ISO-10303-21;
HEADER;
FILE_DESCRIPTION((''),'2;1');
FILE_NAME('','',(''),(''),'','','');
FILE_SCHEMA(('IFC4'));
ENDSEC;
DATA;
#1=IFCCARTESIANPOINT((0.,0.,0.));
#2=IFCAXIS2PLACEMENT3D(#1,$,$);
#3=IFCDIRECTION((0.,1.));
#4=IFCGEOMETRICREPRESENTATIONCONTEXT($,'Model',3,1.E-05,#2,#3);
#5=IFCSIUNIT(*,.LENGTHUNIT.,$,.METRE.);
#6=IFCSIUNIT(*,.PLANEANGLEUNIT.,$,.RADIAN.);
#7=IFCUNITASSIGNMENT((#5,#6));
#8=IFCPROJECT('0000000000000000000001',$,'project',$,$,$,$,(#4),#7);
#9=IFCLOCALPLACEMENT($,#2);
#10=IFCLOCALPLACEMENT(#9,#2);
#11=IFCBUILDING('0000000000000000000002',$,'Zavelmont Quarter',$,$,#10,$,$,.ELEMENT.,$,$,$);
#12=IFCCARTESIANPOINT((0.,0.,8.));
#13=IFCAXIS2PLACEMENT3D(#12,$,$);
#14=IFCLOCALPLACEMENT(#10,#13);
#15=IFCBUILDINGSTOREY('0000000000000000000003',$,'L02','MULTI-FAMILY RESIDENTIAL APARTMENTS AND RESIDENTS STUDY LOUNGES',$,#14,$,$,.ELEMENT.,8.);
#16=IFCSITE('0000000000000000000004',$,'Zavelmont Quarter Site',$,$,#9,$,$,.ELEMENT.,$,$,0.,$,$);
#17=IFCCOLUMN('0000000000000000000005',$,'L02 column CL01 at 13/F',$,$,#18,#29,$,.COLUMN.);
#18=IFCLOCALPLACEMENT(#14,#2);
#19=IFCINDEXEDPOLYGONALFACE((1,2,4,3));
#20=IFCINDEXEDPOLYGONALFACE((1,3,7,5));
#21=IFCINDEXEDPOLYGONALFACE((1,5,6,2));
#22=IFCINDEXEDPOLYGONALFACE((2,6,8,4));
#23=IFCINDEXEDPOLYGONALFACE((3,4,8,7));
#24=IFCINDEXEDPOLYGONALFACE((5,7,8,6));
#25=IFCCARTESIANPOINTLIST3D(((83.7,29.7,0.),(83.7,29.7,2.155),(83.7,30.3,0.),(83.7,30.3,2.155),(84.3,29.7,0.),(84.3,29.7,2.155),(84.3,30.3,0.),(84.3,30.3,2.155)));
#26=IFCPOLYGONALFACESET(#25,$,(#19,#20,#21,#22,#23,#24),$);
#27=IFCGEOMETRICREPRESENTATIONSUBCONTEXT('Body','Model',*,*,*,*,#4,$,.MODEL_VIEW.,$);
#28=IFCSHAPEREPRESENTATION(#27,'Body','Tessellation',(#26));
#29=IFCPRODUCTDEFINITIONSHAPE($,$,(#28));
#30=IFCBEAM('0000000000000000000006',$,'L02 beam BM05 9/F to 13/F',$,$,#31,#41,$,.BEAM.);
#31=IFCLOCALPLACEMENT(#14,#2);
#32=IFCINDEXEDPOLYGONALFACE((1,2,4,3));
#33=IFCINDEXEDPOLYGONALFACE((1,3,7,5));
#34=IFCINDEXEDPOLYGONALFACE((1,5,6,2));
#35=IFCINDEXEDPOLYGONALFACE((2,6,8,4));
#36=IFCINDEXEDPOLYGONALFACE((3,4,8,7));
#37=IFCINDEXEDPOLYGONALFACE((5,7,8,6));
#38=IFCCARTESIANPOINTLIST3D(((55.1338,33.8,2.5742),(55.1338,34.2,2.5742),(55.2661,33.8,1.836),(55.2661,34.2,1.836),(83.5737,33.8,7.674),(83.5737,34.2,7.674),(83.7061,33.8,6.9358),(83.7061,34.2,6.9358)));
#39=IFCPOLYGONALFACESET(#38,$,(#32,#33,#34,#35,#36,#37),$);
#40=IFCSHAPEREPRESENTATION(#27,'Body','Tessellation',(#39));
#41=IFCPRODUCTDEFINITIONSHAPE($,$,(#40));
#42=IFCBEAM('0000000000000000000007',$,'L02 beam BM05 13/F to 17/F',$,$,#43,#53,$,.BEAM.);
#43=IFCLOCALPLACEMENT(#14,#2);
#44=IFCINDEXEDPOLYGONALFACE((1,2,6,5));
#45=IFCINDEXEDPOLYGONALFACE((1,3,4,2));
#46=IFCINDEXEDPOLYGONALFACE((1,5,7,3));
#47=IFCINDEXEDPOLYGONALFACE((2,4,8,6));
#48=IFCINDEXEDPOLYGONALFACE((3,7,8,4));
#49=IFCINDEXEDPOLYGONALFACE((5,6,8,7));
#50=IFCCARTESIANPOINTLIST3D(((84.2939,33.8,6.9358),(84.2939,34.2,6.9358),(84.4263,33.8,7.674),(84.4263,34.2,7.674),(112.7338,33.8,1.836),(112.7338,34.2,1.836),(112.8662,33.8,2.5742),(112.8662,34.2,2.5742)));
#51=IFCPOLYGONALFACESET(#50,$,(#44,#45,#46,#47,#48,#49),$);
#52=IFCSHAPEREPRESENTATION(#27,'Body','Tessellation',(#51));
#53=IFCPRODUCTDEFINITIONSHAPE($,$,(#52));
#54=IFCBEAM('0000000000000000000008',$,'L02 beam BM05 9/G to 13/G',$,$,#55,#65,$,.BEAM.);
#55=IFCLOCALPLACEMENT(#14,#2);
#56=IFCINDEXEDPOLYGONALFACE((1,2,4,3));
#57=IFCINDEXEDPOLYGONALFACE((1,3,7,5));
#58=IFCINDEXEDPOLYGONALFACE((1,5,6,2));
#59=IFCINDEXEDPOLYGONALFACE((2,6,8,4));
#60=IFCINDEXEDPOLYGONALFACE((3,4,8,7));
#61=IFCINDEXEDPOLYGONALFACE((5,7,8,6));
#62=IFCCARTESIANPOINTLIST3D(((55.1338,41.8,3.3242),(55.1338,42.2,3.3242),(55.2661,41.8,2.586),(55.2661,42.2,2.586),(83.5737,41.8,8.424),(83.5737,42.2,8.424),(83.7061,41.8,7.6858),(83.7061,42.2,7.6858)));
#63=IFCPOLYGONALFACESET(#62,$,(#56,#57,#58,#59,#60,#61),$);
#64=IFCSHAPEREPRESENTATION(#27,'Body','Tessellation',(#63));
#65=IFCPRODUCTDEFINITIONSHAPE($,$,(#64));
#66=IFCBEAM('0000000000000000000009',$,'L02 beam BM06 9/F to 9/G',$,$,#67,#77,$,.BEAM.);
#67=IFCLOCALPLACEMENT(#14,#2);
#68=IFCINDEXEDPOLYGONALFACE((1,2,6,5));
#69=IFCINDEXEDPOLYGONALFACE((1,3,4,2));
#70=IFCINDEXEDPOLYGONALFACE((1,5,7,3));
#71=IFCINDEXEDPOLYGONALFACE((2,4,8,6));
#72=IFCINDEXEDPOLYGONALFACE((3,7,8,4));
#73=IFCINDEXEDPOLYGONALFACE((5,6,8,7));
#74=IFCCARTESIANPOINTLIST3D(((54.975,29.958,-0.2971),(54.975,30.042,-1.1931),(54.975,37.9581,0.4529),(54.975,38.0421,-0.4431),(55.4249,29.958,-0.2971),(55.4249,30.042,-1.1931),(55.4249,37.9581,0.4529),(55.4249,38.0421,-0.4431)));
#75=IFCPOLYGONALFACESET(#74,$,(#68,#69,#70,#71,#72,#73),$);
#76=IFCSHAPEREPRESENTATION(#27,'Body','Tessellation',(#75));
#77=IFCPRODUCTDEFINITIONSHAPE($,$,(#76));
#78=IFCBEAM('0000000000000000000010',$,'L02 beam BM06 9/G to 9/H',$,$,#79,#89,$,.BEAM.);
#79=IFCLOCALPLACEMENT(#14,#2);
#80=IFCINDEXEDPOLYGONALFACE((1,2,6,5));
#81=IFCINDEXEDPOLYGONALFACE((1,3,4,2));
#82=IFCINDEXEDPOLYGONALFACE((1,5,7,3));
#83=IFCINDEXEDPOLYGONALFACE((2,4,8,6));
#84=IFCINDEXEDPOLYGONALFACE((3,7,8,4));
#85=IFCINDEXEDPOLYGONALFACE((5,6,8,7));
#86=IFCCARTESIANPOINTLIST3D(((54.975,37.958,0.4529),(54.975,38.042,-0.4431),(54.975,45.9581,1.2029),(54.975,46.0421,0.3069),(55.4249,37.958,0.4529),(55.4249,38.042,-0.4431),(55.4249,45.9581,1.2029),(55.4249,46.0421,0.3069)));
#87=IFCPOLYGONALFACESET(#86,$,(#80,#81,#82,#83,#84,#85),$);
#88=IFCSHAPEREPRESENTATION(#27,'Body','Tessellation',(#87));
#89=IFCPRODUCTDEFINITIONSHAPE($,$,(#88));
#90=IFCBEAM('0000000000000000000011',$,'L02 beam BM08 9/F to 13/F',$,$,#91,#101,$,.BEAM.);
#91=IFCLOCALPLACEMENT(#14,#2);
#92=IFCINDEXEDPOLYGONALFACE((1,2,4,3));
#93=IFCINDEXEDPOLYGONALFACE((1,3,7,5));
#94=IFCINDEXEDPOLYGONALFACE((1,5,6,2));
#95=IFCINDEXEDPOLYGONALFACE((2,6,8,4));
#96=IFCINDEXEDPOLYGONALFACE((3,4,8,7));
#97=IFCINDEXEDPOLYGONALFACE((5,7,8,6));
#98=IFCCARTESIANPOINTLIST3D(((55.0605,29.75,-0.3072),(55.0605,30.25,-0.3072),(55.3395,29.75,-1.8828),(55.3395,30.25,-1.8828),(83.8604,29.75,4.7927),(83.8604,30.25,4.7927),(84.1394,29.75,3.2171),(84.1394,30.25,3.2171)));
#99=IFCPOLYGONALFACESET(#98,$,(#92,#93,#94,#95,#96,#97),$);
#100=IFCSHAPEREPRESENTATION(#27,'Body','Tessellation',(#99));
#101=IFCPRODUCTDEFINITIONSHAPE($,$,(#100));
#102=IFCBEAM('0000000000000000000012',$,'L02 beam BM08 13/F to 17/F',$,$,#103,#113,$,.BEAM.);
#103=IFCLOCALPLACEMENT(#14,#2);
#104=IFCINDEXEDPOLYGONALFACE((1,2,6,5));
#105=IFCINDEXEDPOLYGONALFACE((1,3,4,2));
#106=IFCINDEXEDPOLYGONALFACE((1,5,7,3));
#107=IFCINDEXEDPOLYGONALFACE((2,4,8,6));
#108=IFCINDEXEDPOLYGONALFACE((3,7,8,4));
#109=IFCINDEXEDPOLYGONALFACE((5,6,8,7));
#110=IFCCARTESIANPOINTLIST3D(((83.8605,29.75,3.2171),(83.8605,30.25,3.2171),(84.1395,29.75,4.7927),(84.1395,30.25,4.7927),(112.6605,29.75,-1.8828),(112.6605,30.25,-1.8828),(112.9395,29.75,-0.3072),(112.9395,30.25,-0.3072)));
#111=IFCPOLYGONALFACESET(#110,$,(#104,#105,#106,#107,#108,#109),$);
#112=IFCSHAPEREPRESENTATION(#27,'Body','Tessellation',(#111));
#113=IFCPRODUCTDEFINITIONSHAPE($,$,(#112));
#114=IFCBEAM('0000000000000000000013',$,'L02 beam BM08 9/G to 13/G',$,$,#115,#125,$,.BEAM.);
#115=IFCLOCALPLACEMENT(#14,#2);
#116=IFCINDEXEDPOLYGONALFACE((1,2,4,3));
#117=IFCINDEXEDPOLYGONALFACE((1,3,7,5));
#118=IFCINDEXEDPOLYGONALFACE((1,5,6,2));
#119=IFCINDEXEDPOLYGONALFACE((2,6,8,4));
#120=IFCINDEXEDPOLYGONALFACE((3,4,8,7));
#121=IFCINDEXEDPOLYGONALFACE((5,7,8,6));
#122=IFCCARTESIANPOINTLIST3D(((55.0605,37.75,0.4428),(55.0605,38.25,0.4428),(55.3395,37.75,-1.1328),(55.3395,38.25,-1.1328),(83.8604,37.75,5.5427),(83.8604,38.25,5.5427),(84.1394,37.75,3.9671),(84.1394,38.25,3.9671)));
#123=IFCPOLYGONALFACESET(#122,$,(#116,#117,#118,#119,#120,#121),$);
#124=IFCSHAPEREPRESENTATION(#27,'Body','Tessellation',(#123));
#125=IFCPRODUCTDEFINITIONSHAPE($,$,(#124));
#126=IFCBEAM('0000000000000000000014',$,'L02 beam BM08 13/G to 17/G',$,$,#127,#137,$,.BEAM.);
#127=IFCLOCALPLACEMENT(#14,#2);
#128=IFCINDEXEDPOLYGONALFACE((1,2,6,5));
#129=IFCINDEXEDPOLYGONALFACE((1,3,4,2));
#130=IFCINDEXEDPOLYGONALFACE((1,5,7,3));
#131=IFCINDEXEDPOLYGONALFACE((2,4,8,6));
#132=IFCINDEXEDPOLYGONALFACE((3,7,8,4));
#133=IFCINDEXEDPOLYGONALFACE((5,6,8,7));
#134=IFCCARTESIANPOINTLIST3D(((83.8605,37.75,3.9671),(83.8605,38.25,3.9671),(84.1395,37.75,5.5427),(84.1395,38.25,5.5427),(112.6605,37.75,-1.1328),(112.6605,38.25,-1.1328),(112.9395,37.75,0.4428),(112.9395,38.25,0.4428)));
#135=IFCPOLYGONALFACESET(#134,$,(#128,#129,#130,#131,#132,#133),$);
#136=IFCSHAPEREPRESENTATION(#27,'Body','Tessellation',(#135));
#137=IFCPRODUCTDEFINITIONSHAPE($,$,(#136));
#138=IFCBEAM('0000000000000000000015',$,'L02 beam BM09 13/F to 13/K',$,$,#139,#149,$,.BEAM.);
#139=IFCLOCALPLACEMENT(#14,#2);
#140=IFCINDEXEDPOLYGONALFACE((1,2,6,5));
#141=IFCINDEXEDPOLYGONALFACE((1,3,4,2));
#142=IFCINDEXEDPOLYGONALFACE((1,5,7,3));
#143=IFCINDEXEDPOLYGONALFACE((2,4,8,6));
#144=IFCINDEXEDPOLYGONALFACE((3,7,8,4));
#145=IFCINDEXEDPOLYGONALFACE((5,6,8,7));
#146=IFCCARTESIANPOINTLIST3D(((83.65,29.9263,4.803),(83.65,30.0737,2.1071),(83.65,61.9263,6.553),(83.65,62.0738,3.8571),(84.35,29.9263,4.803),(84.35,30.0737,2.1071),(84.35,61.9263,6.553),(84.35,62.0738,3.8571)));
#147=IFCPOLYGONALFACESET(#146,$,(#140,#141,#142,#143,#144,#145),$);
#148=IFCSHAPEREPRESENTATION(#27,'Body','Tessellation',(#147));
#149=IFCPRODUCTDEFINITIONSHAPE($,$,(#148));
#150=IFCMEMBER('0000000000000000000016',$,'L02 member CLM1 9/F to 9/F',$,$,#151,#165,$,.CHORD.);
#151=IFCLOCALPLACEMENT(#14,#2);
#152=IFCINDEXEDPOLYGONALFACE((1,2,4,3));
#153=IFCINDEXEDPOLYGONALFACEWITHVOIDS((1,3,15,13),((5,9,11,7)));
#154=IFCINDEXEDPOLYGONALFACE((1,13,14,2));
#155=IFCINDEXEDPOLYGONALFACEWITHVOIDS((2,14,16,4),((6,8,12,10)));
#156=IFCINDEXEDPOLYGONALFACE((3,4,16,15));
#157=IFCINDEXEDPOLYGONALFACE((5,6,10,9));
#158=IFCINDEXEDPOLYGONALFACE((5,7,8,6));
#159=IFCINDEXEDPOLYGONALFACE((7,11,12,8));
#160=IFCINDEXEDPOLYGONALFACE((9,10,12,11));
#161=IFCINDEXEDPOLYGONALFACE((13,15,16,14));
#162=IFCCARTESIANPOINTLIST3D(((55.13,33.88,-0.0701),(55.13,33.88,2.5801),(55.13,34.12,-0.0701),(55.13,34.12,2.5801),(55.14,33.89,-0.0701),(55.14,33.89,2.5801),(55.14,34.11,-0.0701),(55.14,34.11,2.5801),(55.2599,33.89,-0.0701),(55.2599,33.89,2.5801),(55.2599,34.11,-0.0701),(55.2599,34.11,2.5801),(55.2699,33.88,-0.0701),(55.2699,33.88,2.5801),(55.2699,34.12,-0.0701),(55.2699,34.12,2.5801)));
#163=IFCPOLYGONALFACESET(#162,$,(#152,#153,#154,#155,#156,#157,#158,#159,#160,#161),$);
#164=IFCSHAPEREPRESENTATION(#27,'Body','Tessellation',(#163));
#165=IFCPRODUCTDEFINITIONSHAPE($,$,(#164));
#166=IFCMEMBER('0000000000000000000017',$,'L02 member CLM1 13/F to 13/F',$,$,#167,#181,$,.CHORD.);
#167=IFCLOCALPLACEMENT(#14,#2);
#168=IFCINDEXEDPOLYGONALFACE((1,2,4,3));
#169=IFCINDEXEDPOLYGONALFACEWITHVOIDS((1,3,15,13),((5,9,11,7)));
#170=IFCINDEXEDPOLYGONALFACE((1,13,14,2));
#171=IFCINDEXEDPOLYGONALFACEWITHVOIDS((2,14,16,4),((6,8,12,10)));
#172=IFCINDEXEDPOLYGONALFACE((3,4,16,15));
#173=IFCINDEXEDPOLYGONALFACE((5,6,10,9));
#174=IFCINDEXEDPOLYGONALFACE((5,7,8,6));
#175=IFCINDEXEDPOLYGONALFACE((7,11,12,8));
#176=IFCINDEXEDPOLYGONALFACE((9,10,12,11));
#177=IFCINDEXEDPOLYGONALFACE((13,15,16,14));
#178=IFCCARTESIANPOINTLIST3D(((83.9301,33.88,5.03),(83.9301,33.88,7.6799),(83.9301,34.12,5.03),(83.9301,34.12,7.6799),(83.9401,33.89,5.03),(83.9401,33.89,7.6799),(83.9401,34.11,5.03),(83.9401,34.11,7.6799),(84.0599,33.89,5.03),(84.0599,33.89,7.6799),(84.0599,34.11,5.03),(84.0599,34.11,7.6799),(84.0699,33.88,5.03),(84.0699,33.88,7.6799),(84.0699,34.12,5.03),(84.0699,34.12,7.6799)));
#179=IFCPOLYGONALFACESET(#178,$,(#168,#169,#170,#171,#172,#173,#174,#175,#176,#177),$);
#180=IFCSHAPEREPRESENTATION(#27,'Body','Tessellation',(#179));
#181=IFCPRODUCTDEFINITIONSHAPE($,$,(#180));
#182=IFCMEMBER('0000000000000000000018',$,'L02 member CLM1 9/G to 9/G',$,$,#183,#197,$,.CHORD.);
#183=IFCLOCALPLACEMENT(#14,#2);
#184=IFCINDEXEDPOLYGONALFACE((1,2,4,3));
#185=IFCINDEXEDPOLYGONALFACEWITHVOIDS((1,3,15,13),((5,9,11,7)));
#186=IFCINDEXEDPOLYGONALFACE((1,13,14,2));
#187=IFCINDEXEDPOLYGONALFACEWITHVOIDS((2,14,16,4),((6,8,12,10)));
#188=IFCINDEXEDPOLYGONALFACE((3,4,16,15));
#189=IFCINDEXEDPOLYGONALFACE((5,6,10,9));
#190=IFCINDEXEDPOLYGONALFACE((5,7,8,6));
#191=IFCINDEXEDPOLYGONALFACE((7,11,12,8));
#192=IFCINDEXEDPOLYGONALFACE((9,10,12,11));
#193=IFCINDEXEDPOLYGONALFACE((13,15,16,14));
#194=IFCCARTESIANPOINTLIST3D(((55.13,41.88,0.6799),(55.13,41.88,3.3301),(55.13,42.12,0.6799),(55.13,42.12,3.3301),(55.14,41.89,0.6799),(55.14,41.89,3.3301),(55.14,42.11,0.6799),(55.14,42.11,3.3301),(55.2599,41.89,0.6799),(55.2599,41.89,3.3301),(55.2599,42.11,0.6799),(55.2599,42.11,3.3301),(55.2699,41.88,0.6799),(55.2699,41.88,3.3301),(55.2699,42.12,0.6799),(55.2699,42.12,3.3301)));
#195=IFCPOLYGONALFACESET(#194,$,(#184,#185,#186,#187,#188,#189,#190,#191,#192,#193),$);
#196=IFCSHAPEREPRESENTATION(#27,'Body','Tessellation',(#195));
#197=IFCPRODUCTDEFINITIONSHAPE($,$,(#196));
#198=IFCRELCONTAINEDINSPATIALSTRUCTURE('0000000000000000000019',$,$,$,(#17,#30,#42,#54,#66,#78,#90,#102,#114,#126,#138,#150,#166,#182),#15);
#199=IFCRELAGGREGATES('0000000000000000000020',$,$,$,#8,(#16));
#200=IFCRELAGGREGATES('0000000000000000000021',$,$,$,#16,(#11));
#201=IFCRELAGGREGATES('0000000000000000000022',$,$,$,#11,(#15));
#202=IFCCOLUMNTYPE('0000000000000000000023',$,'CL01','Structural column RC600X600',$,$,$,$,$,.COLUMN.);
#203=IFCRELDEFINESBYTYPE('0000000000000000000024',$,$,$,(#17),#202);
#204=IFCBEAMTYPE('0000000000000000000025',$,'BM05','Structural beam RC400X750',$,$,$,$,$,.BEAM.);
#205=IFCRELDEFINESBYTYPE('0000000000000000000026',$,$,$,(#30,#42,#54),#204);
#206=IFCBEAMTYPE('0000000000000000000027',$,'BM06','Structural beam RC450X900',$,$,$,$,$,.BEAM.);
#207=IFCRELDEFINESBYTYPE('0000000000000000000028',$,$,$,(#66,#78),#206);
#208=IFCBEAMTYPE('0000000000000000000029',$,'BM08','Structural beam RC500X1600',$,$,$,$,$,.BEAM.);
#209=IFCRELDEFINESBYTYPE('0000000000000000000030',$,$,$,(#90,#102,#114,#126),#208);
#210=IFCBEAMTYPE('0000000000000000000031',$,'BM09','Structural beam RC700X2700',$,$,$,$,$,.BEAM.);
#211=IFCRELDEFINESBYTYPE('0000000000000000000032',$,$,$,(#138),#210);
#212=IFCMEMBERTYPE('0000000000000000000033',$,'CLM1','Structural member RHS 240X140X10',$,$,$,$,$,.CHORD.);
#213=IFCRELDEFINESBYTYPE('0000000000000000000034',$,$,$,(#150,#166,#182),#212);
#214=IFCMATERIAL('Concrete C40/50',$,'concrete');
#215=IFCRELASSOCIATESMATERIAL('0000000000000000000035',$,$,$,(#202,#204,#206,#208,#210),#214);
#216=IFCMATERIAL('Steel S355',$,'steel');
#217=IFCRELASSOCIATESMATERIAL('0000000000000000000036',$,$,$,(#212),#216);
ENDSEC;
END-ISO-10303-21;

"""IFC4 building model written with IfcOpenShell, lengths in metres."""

from ifc_helpers import new_model, si_unit, direction, frame, origin, origin_2d, place, context, subcontext, project, spatial, rectangle, hollow_rectangle, extrude, material, material_profile, profile_set, type_object, element, save


model = new_model("IFC4")

# Units and contexts
model_context = context("Model", 3, precision=1e-05, world=origin(), true_north=direction((0.0, 1.0)))
body_context = subcontext(model_context, "Body", "Model", "MODEL_VIEW")
ifc_project = project(units=[si_unit("LENGTHUNIT", "METRE"), si_unit("PLANEANGLEUNIT", "RADIAN")], contexts=[model_context])

# Site, building, storey
site_placement = place(None, origin())
site = spatial("IfcSite", under=ifc_project, at=site_placement, Name="Zavelmont Quarter Site", CompositionType="ELEMENT", RefElevation=0.0)
building_placement = place(site_placement, origin())
building = spatial("IfcBuilding", under=site, at=building_placement, Name="Zavelmont Quarter", CompositionType="ELEMENT")
storey_placement = place(building_placement, frame((0.0, 0.0, 8.0)))
storey = spatial("IfcBuildingStorey", under=building, at=storey_placement, Name="L02", Description="MULTI-FAMILY RESIDENTIAL APARTMENTS AND RESIDENTS STUDY LOUNGES", CompositionType="ELEMENT", Elevation=8.0)

# Column
ifc_material_1 = material(Name="Concrete C40/50", Category="concrete")
ifc_material_profile_1 = material_profile(ifc_material_1, rectangle(XDim=0.6001, YDim=0.6001, at=origin_2d()), Name="RC600X600")
ifc_profile_set_1 = profile_set([ifc_material_profile_1], Name="Concrete C40/50")
column_type = type_object("IfcColumnType", Name="CL01", Description="Structural column RC600X600", PredefinedType="COLUMN", material=ifc_profile_set_1)
column_placement = place(storey_placement, frame((84.0, 30.0, 0.0), z_axis=(0.0, 0.0, 1.0), x_axis=(1.0, 0.0, 0.0)))
element("IfcColumn", 1, at=column_placement, inside=storey, type_object=column_type, Name="L02 column CL01 at 13/F", PredefinedType="COLUMN", context=body_context, shape_type="SweptSolid", body=[
    extrude(rectangle(XDim=0.6001, YDim=0.6001, at=origin_2d()), origin(), (0.0, 0.0, 1.0), 2.155),
])

# Beams
ifc_material_profile_2 = material_profile(ifc_material_1, rectangle(XDim=0.3999, YDim=0.75, at=origin_2d()), Name="RC400X750")
ifc_profile_set_2 = profile_set([ifc_material_profile_2], Name="Concrete C40/50")
beam_type_1 = type_object("IfcBeamType", Name="BM05", Description="Structural beam RC400X750", PredefinedType="BEAM", material=ifc_profile_set_2)
for number, where, z_axis, x_axis, name in (
    (2, (55.2, 34.0, 2.2051), (0.9843, 0.0, 0.176505), (0.0, 1.0, 0.0), "L02 beam BM05 9/F to 13/F"),
    (3, (84.3601, 34.0, 7.3049), (0.9843, 0.0, -0.176505), (0.0, 1.0, 0.0), "L02 beam BM05 13/F to 17/F"),
    (4, (55.2, 42.0, 2.9551), (0.9843, 0.0, 0.176505), (0.0, 1.0, 0.0), "L02 beam BM05 9/G to 13/G"),
):
    element("IfcBeam", number, at=place(storey_placement, frame(where, z_axis=z_axis, x_axis=x_axis)), inside=storey, type_object=beam_type_1, Name=name, PredefinedType="BEAM", context=body_context, shape_type="SweptSolid", body=[
        extrude(rectangle(XDim=0.3999, YDim=0.75, at=origin_2d()), origin(), (0.0, 0.0, 1.0), 28.8936),
    ])
ifc_material_profile_3 = material_profile(ifc_material_1, rectangle(XDim=0.45, YDim=0.8999, at=origin_2d()), Name="RC450X900")
ifc_profile_set_3 = profile_set([ifc_material_profile_3], Name="Concrete C40/50")
beam_type_2 = type_object("IfcBeamType", Name="BM06", Description="Structural beam RC450X900", PredefinedType="BEAM", material=ifc_profile_set_3)
for number, where, z_axis, x_axis, name in (
    (5, (55.2, 30.0, -0.7451), (0.0, 0.995634, 0.093341), (-1.0, 0.0, 0.0), "L02 beam BM06 9/F to 9/G"),
    (6, (55.2, 38.0, 0.0049), (0.0, 0.995634, 0.093341), (-1.0, 0.0, 0.0), "L02 beam BM06 9/G to 9/H"),
):
    element("IfcBeam", number, at=place(storey_placement, frame(where, z_axis=z_axis, x_axis=x_axis)), inside=storey, type_object=beam_type_2, Name=name, PredefinedType="BEAM", context=body_context, shape_type="SweptSolid", body=[
        extrude(rectangle(XDim=0.45, YDim=0.8999, at=origin_2d()), origin(), (0.0, 0.0, 1.0), 8.0352),
    ])
ifc_material_profile_4 = material_profile(ifc_material_1, rectangle(XDim=0.5, YDim=1.6001, at=origin_2d()), Name="RC500X1600")
ifc_profile_set_4 = profile_set([ifc_material_profile_4], Name="Concrete C40/50")
beam_type_3 = type_object("IfcBeamType", Name="BM08", Description="Structural beam RC500X1600", PredefinedType="BEAM", material=ifc_profile_set_4)
for number, where, z_axis, x_axis, name in (
    (7, (55.2, 30.0, -1.095), (0.984681, 0.0, 0.174365), (0.0, 1.0, 0.0), "L02 beam BM08 9/F to 13/F"),
    (8, (84.0, 30.0, 4.0049), (0.984681, 0.0, -0.174365), (0.0, 1.0, 0.0), "L02 beam BM08 13/F to 17/F"),
    (9, (55.2, 38.0, -0.345), (0.984681, 0.0, 0.174365), (0.0, 1.0, 0.0), "L02 beam BM08 9/G to 13/G"),
    (10, (84.0, 38.0, 4.7549), (0.984681, 0.0, -0.174365), (0.0, 1.0, 0.0), "L02 beam BM08 13/G to 17/G"),
):
    element("IfcBeam", number, at=place(storey_placement, frame(where, z_axis=z_axis, x_axis=x_axis)), inside=storey, type_object=beam_type_3, Name=name, PredefinedType="BEAM", context=body_context, shape_type="SweptSolid", body=[
        extrude(rectangle(XDim=0.5, YDim=1.6001, at=origin_2d()), origin(), (0.0, 0.0, 1.0), 29.248),
    ])
ifc_material_profile_5 = material_profile(ifc_material_1, rectangle(XDim=0.7, YDim=2.7, at=origin_2d()), Name="RC700X2700")
ifc_profile_set_5 = profile_set([ifc_material_profile_5], Name="Concrete C40/50")
beam_type_4 = type_object("IfcBeamType", Name="BM09", Description="Structural beam RC700X2700", PredefinedType="BEAM", material=ifc_profile_set_5)
beam_placement = place(storey_placement, frame((84.0, 30.0, 3.4551), z_axis=(0.0, 0.998508, 0.054606), x_axis=(-1.0, 0.0, 0.0)))
element("IfcBeam", 11, at=beam_placement, inside=storey, type_object=beam_type_4, Name="L02 beam BM09 13/F to 13/K", PredefinedType="BEAM", context=body_context, shape_type="SweptSolid", body=[
    extrude(rectangle(XDim=0.7, YDim=2.7, at=origin_2d()), origin(), (0.0, 0.0, 1.0), 32.0479),
])

# Members
ifc_material_2 = material(Name="Steel S355", Category="steel")
ifc_material_profile_6 = material_profile(ifc_material_2, hollow_rectangle(XDim=0.1399, YDim=0.24, WallThickness=0.01, at=origin_2d()), Name="RHS 240X140X10")
ifc_profile_set_6 = profile_set([ifc_material_profile_6], Name="Steel S355")
member_type_1 = type_object("IfcMemberType", Name="CLM1", Description="Structural member RHS 240X140X10", PredefinedType="CHORD", material=ifc_profile_set_6)
member_1_placement = place(storey_placement, frame((55.2, 34.0, -0.0701), z_axis=(0.0, 0.0, 1.0), x_axis=(1.0, 0.0, 0.0)))
element("IfcMember", 12, at=member_1_placement, inside=storey, type_object=member_type_1, Name="L02 member CLM1 9/F to 9/F", PredefinedType="CHORD", context=body_context, shape_type="SweptSolid", body=[
    extrude(hollow_rectangle(XDim=0.1399, YDim=0.24, WallThickness=0.01, at=origin_2d()), origin(), (0.0, 0.0, 1.0), 2.6501),
])
member_2_placement = place(storey_placement, frame((84.0, 34.0, 5.03), z_axis=(0.0, 0.0, 1.0), x_axis=(1.0, 0.0, 0.0)))
element("IfcMember", 13, at=member_2_placement, inside=storey, type_object=member_type_1, Name="L02 member CLM1 13/F to 13/F", PredefinedType="CHORD", context=body_context, shape_type="SweptSolid", body=[
    extrude(hollow_rectangle(XDim=0.1399, YDim=0.24, WallThickness=0.01, at=origin_2d()), origin(), (0.0, 0.0, 1.0), 2.6499),
])
member_3_placement = place(storey_placement, frame((55.2, 42.0, 0.6799), z_axis=(0.0, 0.0, 1.0), x_axis=(1.0, 0.0, 0.0)))
element("IfcMember", 14, at=member_3_placement, inside=storey, type_object=member_type_1, Name="L02 member CLM1 9/G to 9/G", PredefinedType="CHORD", context=body_context, shape_type="SweptSolid", body=[
    extrude(hollow_rectangle(XDim=0.1399, YDim=0.24, WallThickness=0.01, at=origin_2d()), origin(), (0.0, 0.0, 1.0), 2.6501),
])

save(model, "model.ifc")
